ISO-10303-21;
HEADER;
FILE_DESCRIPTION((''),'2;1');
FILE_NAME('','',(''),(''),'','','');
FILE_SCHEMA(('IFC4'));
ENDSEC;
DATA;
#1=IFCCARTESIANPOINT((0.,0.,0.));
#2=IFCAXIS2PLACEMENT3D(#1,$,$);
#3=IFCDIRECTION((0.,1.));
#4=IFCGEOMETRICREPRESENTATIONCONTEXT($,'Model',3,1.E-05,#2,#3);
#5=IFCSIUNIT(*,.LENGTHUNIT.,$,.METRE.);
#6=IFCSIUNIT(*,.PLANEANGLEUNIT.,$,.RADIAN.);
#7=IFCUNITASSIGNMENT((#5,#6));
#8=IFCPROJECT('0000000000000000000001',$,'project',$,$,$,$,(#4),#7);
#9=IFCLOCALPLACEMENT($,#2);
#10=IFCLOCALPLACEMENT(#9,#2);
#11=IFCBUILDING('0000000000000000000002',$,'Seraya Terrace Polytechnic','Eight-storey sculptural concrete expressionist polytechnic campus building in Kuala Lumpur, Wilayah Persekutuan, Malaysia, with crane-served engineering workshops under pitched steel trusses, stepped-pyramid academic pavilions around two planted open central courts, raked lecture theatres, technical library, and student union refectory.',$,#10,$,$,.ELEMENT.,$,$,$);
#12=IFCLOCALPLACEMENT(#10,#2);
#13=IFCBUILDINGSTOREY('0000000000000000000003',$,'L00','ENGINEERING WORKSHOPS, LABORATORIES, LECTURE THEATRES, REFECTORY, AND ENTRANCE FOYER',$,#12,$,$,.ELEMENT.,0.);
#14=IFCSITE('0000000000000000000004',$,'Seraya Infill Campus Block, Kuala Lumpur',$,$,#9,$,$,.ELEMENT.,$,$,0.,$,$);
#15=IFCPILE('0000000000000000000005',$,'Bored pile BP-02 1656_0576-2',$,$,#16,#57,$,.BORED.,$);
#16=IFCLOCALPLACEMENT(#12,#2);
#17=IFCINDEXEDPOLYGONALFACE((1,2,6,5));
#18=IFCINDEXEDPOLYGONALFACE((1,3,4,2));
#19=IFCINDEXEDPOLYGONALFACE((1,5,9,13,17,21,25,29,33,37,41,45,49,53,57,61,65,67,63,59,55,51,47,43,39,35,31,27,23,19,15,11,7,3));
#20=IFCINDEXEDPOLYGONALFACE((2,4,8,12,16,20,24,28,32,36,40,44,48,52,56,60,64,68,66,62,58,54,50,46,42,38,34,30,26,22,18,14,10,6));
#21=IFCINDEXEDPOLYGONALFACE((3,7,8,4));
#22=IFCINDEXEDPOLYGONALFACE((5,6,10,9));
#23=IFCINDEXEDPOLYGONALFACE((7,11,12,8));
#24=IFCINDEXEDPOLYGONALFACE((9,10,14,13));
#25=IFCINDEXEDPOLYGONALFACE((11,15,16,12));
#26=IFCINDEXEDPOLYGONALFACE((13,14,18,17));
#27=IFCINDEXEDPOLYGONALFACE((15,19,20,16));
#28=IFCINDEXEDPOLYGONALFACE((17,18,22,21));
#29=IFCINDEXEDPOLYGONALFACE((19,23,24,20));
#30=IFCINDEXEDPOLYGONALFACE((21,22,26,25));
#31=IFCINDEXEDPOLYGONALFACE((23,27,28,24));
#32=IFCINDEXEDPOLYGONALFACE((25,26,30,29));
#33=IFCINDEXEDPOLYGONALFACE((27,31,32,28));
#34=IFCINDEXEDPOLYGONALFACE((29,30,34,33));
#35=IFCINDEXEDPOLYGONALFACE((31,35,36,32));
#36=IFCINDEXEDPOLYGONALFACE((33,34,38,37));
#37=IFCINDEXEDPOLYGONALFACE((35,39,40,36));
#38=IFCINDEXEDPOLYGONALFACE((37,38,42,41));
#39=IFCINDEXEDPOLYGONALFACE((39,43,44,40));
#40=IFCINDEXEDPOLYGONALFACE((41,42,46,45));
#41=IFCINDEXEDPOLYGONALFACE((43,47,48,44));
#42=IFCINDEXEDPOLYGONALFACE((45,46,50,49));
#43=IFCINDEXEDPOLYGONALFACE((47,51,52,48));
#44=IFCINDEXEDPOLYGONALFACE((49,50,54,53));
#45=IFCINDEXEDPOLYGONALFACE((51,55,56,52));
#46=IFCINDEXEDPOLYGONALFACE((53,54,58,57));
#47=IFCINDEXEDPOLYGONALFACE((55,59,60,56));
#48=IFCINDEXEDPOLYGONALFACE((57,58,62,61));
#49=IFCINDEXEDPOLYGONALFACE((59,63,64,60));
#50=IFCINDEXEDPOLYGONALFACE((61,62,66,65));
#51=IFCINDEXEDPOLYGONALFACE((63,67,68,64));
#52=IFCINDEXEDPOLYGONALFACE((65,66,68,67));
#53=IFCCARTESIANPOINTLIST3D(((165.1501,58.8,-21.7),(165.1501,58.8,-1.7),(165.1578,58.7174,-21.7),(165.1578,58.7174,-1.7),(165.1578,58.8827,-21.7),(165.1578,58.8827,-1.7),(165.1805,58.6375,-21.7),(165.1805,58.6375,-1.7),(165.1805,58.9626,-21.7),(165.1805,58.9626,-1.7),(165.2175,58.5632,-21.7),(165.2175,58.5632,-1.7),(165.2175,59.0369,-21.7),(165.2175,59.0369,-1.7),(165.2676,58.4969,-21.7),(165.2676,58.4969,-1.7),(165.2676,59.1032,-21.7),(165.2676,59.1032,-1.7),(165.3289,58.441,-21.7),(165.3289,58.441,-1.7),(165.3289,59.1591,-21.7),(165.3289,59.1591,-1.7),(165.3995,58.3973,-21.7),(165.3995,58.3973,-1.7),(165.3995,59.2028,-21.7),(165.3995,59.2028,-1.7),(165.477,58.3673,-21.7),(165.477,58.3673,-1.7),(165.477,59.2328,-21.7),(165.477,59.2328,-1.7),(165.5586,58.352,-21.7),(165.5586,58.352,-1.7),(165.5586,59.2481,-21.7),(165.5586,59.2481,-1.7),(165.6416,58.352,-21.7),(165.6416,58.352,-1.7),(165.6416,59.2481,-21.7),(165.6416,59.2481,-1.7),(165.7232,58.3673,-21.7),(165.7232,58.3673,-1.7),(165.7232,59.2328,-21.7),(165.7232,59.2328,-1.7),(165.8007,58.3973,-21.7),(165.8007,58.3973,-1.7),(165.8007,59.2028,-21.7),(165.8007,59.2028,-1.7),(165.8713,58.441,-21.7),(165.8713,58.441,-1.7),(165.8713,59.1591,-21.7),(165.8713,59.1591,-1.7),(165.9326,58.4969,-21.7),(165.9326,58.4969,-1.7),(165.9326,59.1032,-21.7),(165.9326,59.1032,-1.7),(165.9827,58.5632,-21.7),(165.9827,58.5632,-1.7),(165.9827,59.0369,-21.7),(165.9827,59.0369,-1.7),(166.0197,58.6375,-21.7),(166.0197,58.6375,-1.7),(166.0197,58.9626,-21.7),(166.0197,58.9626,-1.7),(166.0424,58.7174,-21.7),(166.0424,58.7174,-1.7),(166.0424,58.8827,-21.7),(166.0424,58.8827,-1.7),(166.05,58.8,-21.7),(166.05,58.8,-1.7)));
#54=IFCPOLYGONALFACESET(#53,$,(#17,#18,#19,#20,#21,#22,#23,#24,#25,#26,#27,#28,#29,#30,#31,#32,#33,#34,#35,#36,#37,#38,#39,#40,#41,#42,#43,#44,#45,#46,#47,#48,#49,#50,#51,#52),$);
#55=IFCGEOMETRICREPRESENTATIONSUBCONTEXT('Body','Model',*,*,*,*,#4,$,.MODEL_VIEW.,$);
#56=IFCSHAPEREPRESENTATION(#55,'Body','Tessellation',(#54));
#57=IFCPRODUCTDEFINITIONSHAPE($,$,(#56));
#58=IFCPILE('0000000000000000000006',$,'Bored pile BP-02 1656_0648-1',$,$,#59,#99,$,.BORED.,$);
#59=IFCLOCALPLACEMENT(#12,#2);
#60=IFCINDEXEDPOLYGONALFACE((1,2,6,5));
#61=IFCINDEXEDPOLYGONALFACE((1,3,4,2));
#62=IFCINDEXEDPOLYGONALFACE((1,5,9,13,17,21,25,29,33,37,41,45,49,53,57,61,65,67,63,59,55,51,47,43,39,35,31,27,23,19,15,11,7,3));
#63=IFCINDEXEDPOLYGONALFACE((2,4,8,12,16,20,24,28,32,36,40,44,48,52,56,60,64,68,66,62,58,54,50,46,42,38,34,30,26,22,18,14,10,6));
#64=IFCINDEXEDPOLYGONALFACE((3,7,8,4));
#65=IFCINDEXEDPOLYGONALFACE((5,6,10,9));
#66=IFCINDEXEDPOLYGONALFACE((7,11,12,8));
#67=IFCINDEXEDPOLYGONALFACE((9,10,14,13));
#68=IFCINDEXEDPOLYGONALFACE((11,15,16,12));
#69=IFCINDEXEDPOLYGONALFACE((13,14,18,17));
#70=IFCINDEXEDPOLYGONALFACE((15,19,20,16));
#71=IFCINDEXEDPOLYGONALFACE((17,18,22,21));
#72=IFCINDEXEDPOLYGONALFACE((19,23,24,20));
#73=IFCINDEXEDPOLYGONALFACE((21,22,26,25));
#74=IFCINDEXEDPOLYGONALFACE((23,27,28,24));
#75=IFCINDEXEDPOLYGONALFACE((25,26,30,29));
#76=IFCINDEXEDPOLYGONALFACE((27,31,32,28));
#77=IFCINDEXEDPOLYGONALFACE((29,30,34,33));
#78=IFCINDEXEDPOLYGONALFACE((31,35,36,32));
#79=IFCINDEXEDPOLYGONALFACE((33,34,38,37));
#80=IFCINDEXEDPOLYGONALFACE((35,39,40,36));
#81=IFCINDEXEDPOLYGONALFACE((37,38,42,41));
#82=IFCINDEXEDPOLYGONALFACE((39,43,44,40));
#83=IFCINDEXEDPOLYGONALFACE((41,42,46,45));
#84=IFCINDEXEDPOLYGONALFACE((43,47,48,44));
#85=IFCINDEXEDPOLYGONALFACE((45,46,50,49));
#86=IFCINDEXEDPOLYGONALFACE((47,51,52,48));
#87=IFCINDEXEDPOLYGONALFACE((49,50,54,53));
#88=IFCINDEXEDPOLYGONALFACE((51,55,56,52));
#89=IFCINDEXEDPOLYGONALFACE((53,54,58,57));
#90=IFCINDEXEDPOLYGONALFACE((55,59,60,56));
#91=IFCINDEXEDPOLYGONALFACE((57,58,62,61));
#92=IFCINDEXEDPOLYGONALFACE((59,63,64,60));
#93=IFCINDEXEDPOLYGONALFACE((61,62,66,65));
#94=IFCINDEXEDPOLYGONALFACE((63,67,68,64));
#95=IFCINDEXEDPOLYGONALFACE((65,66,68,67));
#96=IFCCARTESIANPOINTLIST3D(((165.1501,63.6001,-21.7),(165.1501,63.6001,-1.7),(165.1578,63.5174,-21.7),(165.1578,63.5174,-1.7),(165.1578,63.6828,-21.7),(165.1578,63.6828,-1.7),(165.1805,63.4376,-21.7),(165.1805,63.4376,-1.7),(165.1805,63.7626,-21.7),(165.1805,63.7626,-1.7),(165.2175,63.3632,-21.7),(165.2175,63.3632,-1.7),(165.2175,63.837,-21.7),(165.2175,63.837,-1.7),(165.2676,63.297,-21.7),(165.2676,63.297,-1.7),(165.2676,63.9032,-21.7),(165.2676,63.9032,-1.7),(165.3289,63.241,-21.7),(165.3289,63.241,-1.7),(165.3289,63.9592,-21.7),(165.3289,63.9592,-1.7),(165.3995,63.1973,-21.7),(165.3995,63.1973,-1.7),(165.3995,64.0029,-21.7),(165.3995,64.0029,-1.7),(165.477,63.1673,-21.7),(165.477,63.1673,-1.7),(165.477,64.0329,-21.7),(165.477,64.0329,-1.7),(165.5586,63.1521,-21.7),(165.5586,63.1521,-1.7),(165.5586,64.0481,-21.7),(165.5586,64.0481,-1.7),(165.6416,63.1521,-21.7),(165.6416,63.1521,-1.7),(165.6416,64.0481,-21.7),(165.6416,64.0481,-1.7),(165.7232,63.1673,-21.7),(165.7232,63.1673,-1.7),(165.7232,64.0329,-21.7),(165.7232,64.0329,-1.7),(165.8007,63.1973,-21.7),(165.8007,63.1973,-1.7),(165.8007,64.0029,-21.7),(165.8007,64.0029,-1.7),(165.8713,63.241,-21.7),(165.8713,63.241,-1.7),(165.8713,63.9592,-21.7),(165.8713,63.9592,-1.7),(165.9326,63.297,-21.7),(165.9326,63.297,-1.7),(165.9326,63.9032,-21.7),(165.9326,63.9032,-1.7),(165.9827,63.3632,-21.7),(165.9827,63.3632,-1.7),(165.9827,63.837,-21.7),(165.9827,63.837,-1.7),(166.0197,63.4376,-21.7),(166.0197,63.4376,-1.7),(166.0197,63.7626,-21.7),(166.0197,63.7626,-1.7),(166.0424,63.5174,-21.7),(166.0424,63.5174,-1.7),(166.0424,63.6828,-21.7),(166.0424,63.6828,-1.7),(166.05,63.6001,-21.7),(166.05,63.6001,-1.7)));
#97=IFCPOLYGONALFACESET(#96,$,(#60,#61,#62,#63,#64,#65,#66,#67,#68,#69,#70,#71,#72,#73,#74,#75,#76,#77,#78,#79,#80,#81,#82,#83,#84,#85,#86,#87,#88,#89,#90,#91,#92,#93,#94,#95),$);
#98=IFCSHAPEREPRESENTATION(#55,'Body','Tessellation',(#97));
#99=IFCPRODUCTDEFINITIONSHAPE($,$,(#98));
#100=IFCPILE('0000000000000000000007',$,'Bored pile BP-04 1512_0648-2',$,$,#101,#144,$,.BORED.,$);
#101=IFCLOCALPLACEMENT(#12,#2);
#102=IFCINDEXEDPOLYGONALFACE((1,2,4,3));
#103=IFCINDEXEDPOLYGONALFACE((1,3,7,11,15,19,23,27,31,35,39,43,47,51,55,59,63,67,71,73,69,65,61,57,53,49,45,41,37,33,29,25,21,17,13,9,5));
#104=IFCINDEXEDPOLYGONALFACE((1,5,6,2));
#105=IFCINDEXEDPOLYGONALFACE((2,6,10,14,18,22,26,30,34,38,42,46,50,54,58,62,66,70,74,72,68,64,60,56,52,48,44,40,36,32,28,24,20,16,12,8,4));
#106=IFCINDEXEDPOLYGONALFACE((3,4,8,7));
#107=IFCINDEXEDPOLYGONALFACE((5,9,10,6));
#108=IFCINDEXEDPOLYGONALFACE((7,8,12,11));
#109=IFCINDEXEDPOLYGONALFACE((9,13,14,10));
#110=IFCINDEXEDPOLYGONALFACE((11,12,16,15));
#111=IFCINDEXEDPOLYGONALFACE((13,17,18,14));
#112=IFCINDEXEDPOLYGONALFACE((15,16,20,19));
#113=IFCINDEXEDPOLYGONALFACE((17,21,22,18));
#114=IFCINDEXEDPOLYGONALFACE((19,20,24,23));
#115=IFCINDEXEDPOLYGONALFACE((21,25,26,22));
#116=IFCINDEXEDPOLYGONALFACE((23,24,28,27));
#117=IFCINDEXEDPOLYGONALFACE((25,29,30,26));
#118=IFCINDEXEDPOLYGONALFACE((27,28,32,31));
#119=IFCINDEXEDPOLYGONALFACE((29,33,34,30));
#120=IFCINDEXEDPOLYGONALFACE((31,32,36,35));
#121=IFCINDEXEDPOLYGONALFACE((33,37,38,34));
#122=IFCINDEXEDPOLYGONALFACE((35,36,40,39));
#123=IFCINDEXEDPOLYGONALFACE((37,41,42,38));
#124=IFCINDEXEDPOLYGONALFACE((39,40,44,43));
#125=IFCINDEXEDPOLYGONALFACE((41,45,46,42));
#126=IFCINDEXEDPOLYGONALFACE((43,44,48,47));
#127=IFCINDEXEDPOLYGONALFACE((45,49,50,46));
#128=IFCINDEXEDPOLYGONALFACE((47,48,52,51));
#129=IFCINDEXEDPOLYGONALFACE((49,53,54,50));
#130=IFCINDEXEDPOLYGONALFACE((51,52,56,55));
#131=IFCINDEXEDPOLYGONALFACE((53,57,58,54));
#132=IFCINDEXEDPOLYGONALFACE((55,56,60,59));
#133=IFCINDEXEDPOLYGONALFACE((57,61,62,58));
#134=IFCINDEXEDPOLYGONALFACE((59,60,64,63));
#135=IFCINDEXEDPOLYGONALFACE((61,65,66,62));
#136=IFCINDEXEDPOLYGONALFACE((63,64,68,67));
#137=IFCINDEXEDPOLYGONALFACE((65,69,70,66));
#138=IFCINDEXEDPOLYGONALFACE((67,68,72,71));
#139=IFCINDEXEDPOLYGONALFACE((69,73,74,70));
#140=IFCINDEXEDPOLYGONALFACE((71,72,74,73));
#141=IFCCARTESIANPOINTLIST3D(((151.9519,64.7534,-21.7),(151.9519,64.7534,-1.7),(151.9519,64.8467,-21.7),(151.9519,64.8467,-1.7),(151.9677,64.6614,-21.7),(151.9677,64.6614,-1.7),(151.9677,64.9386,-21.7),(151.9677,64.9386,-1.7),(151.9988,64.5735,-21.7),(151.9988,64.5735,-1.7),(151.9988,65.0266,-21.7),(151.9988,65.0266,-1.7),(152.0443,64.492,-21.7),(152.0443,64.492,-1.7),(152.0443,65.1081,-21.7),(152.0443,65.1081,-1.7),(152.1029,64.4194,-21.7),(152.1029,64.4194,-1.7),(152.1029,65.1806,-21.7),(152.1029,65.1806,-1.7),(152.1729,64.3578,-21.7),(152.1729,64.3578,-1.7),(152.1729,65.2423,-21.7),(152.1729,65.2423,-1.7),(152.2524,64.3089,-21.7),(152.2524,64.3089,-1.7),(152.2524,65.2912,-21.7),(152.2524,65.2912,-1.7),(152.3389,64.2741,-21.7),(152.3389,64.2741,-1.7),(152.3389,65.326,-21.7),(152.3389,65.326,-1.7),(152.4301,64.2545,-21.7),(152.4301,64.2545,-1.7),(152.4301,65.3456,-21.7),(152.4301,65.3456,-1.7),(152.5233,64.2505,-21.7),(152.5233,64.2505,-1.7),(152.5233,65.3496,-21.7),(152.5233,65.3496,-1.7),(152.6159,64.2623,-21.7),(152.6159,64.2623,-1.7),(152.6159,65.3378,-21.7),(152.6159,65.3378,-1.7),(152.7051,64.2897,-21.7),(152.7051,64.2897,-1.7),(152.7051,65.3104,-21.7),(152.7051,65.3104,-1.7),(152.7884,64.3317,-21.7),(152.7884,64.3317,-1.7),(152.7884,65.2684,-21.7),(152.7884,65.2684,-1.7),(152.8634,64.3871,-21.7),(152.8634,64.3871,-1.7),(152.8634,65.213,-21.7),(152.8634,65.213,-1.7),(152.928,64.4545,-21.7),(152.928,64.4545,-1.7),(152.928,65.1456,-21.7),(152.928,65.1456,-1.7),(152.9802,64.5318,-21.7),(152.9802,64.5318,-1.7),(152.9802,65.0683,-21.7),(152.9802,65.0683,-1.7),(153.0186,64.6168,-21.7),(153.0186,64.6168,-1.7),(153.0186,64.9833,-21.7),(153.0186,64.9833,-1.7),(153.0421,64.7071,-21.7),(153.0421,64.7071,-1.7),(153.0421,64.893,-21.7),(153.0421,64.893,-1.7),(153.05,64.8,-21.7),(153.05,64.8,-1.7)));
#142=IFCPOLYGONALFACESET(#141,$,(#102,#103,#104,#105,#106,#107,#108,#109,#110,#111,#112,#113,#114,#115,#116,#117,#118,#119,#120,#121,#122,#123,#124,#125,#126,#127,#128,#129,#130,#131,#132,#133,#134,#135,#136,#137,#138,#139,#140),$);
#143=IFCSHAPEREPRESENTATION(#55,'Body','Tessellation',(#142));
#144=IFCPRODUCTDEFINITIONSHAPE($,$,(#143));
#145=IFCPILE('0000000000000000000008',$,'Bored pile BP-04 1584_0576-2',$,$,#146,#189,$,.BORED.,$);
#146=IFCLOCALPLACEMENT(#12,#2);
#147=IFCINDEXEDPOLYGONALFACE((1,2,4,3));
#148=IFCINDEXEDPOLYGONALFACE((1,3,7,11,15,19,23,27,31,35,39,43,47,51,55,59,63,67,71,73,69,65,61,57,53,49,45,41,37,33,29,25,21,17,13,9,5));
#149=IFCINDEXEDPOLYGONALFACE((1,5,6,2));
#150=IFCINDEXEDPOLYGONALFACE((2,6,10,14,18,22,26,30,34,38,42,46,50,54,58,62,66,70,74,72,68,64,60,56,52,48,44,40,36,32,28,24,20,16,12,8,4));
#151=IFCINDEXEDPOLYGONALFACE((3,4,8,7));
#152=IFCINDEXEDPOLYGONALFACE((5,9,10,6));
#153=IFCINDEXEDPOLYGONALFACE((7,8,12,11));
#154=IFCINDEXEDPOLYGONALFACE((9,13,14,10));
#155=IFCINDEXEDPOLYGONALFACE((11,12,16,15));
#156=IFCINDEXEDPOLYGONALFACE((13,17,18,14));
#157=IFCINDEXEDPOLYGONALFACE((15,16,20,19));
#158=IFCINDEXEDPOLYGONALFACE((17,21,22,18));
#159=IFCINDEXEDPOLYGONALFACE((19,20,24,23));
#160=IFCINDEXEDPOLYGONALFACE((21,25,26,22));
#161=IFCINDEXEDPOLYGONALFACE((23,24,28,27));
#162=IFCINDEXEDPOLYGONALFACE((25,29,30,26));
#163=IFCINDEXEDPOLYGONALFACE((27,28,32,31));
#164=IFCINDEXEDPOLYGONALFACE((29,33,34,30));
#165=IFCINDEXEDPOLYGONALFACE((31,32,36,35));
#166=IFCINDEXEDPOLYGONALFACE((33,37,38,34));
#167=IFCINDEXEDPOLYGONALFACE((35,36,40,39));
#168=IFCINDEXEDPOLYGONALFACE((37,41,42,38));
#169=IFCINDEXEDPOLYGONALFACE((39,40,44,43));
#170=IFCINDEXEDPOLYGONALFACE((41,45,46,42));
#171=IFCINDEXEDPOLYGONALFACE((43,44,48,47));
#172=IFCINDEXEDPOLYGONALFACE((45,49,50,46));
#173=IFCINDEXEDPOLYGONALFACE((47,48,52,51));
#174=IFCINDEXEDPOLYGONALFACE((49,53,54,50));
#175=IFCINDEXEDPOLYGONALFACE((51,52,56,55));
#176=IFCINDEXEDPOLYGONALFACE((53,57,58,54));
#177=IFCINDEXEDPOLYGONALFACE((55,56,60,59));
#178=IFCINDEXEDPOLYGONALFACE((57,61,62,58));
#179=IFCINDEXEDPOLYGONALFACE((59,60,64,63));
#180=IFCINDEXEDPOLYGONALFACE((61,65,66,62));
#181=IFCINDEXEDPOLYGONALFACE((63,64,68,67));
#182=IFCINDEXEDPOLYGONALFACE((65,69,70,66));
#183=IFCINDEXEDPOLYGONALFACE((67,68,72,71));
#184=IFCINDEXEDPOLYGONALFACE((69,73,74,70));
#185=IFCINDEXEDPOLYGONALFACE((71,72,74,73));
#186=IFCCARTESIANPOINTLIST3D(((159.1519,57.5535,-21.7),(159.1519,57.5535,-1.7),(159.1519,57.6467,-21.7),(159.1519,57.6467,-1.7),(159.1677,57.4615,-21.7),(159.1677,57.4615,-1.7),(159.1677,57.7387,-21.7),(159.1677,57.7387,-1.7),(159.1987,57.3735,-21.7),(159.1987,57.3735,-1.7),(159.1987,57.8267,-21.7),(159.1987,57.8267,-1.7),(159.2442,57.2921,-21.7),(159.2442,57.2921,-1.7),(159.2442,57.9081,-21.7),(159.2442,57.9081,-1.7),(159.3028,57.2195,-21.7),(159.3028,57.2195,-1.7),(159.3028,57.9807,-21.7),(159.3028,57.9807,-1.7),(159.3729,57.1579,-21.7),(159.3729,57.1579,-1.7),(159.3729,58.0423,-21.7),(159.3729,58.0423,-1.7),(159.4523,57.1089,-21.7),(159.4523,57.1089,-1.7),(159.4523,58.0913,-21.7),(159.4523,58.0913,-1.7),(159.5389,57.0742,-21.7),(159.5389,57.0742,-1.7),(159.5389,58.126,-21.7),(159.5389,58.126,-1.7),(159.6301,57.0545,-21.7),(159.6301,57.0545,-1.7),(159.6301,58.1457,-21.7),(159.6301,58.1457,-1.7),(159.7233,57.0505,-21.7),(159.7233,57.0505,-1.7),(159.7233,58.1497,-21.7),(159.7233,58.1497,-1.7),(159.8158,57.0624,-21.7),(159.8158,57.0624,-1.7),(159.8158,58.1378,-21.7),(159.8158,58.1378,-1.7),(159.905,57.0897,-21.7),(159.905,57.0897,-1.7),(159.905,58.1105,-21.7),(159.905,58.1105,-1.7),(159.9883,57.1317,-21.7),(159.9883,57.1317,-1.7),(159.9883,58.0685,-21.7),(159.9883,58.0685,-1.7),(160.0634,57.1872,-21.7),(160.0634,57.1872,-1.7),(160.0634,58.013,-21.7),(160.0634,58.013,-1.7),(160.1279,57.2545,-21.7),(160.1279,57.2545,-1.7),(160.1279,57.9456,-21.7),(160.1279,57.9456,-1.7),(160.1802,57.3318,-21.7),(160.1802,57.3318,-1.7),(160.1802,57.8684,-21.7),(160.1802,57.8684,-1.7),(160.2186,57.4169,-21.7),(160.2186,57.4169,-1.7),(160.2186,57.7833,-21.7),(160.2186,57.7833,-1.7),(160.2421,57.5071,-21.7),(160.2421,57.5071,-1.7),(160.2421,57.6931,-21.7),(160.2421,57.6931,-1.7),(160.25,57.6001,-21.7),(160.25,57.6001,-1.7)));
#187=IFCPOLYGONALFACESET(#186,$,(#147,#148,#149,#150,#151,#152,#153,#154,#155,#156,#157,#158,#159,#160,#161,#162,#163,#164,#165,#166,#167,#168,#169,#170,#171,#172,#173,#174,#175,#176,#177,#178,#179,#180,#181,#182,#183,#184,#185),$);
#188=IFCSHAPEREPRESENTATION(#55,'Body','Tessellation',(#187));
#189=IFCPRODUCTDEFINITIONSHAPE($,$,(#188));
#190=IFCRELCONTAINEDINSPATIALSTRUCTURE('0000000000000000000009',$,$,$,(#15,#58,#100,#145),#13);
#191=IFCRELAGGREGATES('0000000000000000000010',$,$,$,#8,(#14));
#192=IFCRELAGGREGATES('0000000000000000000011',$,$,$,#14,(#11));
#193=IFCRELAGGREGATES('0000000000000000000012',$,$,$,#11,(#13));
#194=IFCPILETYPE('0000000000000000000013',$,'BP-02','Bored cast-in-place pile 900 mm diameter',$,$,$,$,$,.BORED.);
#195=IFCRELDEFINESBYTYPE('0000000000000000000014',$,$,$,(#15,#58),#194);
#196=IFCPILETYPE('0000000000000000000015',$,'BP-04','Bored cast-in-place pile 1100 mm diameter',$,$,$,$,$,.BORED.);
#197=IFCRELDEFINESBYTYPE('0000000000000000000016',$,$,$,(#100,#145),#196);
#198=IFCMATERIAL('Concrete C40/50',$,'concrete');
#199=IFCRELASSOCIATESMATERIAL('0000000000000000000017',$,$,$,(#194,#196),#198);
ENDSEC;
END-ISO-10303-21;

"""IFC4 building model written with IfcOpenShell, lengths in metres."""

from ifc_helpers import new_model, si_unit, direction, frame, origin, origin_2d, place, context, subcontext, project, spatial, circle, extrude, material, material_profile, profile_set, type_object, element, save


model = new_model("IFC4")

# Units and contexts
model_context = context("Model", 3, precision=1e-05, world=origin(), true_north=direction((0.0, 1.0)))
body_context = subcontext(model_context, "Body", "Model", "MODEL_VIEW")
ifc_project = project(units=[si_unit("LENGTHUNIT", "METRE"), si_unit("PLANEANGLEUNIT", "RADIAN")], contexts=[model_context])

# Site, building, storey
site_placement = place(None, origin())
site = spatial("IfcSite", under=ifc_project, at=site_placement, Name="Seraya Infill Campus Block, Kuala Lumpur", CompositionType="ELEMENT", RefElevation=0.0)
building_placement = place(site_placement, origin())
building = spatial("IfcBuilding", under=site, at=building_placement, Name="Seraya Terrace Polytechnic", Description="Eight-storey sculptural concrete expressionist polytechnic campus building in Kuala Lumpur, Wilayah Persekutuan, Malaysia, with crane-served engineering workshops under pitched steel trusses, stepped-pyramid academic pavilions around two planted open central courts, raked lecture theatres, technical library, and student union refectory.", CompositionType="ELEMENT")
storey_placement = place(building_placement, origin())
storey = spatial("IfcBuildingStorey", under=building, at=storey_placement, Name="L00", Description="ENGINEERING WORKSHOPS, LABORATORIES, LECTURE THEATRES, REFECTORY, AND ENTRANCE FOYER", CompositionType="ELEMENT", Elevation=0.0)

# Piles
ifc_material_1 = material(Name="Concrete C40/50", Category="concrete")
ifc_material_profile_1 = material_profile(ifc_material_1, circle(Radius=0.45, at=origin_2d()), Name="DIA 900")
ifc_profile_set_1 = profile_set([ifc_material_profile_1], Name="Concrete C40/50")
pile_type_1 = type_object("IfcPileType", Name="BP-02", Description="Bored cast-in-place pile 900 mm diameter", PredefinedType="BORED", material=ifc_profile_set_1)
for number, where, z_axis, x_axis, name in (
    (1, (165.6001, 58.8, -1.7), (0.0, 0.0, -1.0), (1.0, 0.0, 0.0), "Bored pile BP-02 1656_0576-2"),
    (2, (165.6001, 63.6001, -1.7), (0.0, 0.0, -1.0), (1.0, 0.0, 0.0), "Bored pile BP-02 1656_0648-1"),
):
    element("IfcPile", number, at=place(storey_placement, frame(where, z_axis=z_axis, x_axis=x_axis)), inside=storey, type_object=pile_type_1, Name=name, PredefinedType="BORED", context=body_context, shape_type="SweptSolid", body=[
        extrude(circle(Radius=0.45, at=origin_2d()), origin(), (0.0, 0.0, 1.0), 20.0),
    ])
ifc_material_profile_2 = material_profile(ifc_material_1, circle(Radius=0.55, at=origin_2d()), Name="DIA 1100")
ifc_profile_set_2 = profile_set([ifc_material_profile_2], Name="Concrete C40/50")
pile_type_2 = type_object("IfcPileType", Name="BP-04", Description="Bored cast-in-place pile 1100 mm diameter", PredefinedType="BORED", material=ifc_profile_set_2)
for number, where, z_axis, x_axis, name in (
    (3, (152.5, 64.8, -1.7), (0.0, 0.0, -1.0), (1.0, 0.0, 0.0), "Bored pile BP-04 1512_0648-2"),
    (4, (159.7, 57.6001, -1.7), (0.0, 0.0, -1.0), (1.0, 0.0, 0.0), "Bored pile BP-04 1584_0576-2"),
):
    element("IfcPile", number, at=place(storey_placement, frame(where, z_axis=z_axis, x_axis=x_axis)), inside=storey, type_object=pile_type_2, Name=name, PredefinedType="BORED", context=body_context, shape_type="SweptSolid", body=[
        extrude(circle(Radius=0.55, at=origin_2d()), origin(), (0.0, 0.0, 1.0), 20.0),
    ])

save(model, "model.ifc")
